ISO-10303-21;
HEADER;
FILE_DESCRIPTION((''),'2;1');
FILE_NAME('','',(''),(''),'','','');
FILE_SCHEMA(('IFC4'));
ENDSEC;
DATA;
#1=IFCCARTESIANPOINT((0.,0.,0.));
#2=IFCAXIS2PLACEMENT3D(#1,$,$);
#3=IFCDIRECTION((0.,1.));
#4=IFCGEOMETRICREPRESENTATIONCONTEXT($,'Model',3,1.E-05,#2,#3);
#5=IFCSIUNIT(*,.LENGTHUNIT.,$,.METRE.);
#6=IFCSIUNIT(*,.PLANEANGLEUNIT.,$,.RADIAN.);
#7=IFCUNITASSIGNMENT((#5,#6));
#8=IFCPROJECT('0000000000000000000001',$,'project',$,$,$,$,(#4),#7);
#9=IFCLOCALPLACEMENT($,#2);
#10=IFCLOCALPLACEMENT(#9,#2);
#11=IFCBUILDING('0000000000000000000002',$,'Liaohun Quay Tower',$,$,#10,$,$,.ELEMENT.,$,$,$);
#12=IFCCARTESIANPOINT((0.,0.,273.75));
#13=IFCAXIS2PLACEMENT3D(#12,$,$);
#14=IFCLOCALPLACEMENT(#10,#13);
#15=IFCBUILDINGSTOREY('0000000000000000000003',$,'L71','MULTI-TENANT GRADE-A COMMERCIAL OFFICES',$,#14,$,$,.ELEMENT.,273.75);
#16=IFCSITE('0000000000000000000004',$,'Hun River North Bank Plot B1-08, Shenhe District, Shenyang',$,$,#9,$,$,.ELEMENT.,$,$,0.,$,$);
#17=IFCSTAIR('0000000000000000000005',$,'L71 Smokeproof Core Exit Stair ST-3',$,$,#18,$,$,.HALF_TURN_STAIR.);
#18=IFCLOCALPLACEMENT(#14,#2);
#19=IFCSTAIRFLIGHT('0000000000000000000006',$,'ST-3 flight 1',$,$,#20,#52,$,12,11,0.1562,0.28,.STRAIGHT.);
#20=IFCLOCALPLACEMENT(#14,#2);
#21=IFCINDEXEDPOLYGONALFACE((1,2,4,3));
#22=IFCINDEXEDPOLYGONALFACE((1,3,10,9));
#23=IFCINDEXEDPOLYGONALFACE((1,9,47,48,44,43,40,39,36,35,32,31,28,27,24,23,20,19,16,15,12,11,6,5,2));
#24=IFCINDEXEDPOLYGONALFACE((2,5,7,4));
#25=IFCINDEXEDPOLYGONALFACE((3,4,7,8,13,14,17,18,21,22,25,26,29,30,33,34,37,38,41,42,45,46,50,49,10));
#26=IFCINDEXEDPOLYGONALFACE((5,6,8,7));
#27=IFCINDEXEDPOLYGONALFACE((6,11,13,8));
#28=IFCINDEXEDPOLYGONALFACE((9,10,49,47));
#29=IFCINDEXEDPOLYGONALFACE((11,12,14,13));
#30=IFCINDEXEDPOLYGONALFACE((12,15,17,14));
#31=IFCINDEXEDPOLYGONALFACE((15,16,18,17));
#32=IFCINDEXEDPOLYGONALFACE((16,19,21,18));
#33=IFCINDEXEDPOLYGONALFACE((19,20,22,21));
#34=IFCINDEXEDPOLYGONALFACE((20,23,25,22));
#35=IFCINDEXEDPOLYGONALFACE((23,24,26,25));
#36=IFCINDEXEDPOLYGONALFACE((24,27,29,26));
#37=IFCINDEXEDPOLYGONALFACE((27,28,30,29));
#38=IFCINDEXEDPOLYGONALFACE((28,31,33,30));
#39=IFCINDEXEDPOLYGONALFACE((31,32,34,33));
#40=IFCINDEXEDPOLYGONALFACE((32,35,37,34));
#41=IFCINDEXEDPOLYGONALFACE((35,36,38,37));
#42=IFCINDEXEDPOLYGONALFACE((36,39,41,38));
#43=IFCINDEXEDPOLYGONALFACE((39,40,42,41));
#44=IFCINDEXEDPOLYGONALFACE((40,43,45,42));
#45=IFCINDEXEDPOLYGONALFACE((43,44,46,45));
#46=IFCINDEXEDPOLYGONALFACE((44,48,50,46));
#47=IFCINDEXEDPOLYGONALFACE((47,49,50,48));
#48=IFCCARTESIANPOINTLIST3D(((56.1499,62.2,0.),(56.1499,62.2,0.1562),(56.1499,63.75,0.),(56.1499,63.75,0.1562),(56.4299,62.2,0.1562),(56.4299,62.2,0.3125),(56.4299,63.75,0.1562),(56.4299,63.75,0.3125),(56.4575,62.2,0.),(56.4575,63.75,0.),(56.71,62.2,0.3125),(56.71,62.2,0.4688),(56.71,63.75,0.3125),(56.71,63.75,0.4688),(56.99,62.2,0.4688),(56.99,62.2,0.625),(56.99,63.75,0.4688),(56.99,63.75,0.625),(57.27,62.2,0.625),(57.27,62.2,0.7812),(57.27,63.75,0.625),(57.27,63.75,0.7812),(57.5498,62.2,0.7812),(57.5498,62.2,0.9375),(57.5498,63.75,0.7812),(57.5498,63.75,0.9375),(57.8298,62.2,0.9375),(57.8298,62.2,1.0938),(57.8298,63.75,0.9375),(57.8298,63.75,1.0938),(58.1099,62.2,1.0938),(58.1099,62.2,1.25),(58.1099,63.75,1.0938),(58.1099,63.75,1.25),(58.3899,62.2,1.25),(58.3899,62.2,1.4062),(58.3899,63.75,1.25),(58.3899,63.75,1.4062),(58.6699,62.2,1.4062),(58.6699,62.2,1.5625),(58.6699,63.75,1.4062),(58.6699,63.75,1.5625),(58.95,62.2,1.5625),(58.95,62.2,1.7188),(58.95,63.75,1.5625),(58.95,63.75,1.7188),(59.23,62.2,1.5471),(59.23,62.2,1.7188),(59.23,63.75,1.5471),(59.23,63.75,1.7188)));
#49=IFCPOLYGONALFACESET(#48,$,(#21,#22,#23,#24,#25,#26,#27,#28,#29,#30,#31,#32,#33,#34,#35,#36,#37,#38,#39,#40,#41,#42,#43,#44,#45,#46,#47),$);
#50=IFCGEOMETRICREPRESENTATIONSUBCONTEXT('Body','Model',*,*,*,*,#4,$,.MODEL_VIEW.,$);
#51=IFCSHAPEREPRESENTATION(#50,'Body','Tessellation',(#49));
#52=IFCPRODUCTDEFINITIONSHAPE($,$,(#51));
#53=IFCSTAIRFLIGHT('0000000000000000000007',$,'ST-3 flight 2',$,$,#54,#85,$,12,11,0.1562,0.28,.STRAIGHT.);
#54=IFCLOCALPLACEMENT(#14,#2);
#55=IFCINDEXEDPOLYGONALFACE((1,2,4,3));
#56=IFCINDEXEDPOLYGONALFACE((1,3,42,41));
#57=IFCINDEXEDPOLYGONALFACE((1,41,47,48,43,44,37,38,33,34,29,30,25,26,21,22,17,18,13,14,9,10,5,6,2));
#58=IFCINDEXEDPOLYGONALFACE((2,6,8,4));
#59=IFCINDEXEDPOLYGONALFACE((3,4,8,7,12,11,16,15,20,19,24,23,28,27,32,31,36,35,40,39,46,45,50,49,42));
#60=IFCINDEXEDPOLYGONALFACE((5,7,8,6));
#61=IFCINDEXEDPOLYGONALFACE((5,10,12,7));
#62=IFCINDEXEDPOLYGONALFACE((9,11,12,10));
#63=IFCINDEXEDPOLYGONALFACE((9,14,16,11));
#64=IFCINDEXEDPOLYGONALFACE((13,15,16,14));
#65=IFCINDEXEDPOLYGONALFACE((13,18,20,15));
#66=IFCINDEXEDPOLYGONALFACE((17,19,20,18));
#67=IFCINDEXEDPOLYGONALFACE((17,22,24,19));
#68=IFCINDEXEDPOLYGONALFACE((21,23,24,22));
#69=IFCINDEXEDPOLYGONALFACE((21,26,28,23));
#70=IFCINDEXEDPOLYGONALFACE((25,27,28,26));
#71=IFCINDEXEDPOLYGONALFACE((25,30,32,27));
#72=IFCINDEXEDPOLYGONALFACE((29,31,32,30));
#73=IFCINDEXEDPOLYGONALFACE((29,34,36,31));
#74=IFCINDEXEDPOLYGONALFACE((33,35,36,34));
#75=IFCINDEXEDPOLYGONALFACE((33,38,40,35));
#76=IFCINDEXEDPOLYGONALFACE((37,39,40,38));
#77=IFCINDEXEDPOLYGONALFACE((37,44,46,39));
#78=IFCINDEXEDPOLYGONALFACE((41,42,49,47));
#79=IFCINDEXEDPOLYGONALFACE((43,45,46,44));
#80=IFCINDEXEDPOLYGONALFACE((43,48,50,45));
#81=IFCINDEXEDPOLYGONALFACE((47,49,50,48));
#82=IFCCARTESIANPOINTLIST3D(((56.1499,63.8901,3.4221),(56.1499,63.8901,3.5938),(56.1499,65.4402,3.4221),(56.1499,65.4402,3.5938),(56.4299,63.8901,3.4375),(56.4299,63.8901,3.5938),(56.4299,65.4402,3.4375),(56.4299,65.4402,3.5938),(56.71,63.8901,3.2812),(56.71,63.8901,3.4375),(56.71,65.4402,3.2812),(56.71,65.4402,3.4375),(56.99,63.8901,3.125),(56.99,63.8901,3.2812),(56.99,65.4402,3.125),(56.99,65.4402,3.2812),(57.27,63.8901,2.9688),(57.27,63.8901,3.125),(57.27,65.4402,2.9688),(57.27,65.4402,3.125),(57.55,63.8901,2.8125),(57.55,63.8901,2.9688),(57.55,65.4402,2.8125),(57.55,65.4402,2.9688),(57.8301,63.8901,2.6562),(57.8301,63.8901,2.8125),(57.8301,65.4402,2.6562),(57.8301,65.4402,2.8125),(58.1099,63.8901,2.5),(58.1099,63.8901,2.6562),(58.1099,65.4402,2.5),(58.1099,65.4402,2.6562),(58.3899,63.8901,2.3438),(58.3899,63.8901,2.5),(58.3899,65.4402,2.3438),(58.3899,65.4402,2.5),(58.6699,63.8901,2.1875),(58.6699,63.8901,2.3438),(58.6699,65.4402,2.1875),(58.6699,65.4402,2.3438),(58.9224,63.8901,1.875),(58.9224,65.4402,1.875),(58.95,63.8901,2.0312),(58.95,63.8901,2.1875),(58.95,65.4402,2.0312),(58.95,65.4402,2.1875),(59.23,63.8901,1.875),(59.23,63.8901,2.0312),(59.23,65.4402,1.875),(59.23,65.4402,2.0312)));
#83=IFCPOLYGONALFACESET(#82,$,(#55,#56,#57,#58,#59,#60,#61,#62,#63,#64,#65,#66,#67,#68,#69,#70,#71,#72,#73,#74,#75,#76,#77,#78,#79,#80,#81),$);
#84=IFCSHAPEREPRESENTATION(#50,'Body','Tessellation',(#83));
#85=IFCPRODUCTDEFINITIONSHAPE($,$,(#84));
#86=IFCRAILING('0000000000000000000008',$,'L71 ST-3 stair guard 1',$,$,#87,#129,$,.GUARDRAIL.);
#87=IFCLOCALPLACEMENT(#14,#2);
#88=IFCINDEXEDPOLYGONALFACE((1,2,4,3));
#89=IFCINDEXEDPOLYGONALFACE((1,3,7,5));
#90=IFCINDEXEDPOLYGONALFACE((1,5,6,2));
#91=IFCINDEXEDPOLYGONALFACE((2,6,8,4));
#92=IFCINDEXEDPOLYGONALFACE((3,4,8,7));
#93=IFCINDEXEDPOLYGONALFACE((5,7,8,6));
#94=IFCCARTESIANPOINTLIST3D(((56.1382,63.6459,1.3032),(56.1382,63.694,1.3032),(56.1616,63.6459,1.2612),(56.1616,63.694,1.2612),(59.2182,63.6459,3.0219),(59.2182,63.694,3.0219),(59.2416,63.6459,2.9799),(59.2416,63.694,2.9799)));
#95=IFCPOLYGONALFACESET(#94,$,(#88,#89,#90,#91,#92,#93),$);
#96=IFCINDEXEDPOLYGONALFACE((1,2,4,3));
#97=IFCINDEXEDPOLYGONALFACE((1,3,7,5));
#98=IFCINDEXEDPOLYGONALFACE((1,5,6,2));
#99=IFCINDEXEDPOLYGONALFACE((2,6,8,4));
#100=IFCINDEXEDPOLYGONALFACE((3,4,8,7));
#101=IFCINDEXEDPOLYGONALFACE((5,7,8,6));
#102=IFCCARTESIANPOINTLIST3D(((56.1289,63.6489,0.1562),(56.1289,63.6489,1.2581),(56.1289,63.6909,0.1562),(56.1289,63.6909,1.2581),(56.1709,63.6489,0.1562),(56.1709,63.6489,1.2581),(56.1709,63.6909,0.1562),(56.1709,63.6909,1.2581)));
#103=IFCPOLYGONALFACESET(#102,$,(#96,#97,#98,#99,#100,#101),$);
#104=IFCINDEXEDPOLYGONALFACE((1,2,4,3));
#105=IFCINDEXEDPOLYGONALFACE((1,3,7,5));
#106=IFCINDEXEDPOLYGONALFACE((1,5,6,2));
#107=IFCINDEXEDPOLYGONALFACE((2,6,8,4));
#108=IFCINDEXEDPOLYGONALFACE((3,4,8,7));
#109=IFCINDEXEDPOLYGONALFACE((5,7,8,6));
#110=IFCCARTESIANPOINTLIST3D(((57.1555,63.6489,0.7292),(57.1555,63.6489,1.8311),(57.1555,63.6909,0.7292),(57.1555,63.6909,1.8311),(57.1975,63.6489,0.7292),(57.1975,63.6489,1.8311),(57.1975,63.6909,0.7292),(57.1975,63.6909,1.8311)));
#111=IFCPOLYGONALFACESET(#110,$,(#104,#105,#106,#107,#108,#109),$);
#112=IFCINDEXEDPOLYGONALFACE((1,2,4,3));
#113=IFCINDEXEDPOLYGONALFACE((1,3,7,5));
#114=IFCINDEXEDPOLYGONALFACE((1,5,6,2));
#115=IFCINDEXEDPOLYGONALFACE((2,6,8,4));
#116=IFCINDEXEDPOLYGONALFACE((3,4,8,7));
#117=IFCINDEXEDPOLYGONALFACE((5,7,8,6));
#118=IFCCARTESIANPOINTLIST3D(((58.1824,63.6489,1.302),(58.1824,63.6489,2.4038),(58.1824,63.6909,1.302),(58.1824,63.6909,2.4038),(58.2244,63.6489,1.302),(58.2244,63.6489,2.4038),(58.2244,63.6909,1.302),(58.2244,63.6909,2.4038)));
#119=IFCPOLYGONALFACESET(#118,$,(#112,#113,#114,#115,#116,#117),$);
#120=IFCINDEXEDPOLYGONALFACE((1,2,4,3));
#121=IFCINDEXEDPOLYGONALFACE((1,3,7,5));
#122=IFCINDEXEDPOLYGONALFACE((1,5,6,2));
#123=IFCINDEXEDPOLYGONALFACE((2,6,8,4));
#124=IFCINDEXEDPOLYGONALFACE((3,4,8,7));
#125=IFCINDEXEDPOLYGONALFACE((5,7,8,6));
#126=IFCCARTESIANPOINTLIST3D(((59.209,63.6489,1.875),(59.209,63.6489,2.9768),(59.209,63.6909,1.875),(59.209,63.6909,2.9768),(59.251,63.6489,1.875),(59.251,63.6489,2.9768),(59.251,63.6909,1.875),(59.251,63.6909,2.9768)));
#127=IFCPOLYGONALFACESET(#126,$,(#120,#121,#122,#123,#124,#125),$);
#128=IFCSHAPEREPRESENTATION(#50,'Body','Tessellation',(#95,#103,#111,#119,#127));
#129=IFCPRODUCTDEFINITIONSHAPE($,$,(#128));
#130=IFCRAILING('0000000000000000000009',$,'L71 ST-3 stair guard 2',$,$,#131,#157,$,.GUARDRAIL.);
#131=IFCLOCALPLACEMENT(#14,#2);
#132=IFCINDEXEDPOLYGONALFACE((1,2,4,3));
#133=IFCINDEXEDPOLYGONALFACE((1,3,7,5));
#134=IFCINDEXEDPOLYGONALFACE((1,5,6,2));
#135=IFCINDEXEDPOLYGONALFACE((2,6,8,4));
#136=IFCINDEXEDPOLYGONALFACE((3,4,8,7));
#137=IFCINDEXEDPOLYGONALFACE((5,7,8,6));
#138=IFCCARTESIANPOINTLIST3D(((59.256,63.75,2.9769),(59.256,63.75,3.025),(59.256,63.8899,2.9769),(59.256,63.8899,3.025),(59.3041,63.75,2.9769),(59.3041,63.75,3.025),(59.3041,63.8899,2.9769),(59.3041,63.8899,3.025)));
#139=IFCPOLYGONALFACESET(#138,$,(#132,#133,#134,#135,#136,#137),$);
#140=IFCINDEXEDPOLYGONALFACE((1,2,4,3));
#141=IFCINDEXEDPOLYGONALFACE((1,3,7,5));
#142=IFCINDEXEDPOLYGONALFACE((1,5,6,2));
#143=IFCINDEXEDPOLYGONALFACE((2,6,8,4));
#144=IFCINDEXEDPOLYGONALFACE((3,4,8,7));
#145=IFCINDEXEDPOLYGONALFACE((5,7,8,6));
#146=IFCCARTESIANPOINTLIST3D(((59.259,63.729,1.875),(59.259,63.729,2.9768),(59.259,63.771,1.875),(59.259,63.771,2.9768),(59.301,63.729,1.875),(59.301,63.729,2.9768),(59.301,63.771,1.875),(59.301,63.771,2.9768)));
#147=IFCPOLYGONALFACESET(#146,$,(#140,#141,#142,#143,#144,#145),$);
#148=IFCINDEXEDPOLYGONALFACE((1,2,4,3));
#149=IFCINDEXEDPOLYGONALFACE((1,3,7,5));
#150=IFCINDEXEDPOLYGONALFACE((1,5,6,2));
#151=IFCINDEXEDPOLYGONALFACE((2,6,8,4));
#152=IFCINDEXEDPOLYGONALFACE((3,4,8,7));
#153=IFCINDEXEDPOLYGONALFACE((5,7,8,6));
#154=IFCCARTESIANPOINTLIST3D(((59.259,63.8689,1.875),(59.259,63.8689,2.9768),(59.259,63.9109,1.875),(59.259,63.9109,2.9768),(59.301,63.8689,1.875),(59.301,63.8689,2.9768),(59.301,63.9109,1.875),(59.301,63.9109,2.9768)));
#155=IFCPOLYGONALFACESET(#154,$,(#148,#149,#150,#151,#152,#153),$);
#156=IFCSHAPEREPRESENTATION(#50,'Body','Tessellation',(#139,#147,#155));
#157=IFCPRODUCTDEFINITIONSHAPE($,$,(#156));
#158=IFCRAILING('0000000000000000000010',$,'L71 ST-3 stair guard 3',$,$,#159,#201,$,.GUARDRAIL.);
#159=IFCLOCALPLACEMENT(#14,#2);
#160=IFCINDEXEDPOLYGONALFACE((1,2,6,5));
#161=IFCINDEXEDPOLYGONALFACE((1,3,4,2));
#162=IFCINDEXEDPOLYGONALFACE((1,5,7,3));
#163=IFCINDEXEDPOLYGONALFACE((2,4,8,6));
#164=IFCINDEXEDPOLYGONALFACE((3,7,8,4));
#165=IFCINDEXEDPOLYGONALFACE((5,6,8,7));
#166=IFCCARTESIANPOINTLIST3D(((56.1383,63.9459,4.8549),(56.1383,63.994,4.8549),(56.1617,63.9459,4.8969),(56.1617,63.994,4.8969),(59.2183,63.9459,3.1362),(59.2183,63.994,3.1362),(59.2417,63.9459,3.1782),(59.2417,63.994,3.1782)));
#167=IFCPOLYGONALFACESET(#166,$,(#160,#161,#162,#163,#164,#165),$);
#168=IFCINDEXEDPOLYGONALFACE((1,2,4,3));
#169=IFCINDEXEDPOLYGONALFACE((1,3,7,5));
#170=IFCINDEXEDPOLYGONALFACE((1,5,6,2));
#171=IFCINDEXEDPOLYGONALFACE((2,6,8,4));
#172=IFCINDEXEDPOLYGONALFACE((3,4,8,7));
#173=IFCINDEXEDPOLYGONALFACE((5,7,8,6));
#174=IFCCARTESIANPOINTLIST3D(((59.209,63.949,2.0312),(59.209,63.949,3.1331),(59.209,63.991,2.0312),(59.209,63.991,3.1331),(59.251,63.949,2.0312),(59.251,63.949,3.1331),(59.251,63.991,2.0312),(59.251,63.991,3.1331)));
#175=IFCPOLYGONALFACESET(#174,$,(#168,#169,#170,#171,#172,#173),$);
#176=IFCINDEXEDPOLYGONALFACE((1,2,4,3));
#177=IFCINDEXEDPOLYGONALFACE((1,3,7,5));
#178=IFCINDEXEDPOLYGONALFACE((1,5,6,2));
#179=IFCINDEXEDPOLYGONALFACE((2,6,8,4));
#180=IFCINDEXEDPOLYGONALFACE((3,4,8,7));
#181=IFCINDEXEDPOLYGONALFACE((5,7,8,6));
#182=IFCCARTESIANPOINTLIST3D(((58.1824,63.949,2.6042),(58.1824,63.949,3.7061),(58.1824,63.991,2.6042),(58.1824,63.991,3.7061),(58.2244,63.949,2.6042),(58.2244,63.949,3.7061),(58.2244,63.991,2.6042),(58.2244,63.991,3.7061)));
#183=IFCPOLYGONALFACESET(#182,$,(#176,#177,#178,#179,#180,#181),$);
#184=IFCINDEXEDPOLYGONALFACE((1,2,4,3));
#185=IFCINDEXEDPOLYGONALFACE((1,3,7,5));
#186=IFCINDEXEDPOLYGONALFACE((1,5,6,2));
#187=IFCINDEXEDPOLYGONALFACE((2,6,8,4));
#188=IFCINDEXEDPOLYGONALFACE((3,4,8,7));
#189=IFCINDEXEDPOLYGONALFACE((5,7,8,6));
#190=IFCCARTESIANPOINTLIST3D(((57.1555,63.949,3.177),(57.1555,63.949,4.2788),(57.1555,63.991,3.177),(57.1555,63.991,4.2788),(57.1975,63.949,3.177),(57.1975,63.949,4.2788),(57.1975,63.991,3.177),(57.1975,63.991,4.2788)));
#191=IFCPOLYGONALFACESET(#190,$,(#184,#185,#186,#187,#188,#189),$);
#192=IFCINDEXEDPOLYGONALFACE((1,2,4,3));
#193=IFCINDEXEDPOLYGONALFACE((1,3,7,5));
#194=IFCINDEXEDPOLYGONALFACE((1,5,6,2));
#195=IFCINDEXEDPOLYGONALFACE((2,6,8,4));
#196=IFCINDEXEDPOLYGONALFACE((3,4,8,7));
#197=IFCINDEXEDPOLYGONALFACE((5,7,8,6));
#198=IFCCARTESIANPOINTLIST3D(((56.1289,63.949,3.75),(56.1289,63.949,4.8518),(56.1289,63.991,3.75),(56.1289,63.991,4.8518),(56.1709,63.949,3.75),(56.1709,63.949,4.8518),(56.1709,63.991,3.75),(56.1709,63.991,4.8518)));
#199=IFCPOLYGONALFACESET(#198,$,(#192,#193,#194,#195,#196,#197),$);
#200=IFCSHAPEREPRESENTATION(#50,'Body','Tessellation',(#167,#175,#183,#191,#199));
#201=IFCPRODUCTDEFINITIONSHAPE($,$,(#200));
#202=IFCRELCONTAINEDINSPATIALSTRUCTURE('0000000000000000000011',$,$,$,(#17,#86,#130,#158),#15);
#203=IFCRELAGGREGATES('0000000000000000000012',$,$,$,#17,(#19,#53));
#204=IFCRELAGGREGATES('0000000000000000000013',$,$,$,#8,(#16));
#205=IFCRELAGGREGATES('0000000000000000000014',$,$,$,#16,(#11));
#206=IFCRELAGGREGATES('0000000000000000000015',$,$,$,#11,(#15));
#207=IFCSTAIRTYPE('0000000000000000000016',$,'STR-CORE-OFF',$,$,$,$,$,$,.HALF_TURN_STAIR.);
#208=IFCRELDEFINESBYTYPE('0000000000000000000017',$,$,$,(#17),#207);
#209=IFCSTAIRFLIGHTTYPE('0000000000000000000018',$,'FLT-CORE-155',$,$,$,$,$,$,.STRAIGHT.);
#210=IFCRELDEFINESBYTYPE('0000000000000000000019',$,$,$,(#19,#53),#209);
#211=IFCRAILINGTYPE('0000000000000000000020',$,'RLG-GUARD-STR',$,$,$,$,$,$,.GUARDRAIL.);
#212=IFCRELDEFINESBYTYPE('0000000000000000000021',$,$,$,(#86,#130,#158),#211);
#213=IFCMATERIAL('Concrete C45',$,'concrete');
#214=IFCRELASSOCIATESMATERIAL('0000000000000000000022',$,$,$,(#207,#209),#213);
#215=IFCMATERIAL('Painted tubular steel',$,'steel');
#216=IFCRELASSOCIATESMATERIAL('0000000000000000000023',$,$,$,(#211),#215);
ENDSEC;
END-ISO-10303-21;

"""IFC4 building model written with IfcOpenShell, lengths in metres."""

from ifc_helpers import new_model, si_unit, direction, frame, origin, origin_2d, place, context, subcontext, project, spatial, polyline, rectangle, outline, extrude, material, type_object, element, aggregate, save


model = new_model("IFC4")

# Units and contexts
model_context = context("Model", 3, precision=1e-05, world=origin(), true_north=direction((0.0, 1.0)))
body_context = subcontext(model_context, "Body", "Model", "MODEL_VIEW")
ifc_project = project(units=[si_unit("LENGTHUNIT", "METRE"), si_unit("PLANEANGLEUNIT", "RADIAN")], contexts=[model_context])

# Site, building, storey
site_placement = place(None, origin())
site = spatial("IfcSite", under=ifc_project, at=site_placement, Name="Hun River North Bank Plot B1-08, Shenhe District, Shenyang", CompositionType="ELEMENT", RefElevation=0.0)
building_placement = place(site_placement, origin())
building = spatial("IfcBuilding", under=site, at=building_placement, Name="Liaohun Quay Tower", CompositionType="ELEMENT")
storey_placement = place(building_placement, frame((0.0, 0.0, 273.75)))
storey = spatial("IfcBuildingStorey", under=building, at=storey_placement, Name="L71", Description="MULTI-TENANT GRADE-A COMMERCIAL OFFICES", CompositionType="ELEMENT", Elevation=273.75)

# Stair, stair flights
ifc_material_1 = material(Name="Concrete C45", Category="concrete")
stair_type = type_object("IfcStairType", Name="STR-CORE-OFF", PredefinedType="HALF_TURN_STAIR", material=ifc_material_1)
stair_placement = place(storey_placement, origin())
stair = element("IfcStair", 1, at=stair_placement, inside=storey, type_object=stair_type, Name="L71 Smokeproof Core Exit Stair ST-3", PredefinedType="HALF_TURN_STAIR")
stair_flight_type = type_object("IfcStairFlightType", Name="FLT-CORE-155", PredefinedType="STRAIGHT", material=ifc_material_1)
stair_flight_1_placement = place(storey_placement, frame((56.1499, 62.9751, 0.0), z_axis=(0.0, 0.0, 1.0), x_axis=(1.0, 0.0, 0.0)))
stair_flight_1 = element("IfcStairFlight", 2, at=stair_flight_1_placement, type_object=stair_flight_type, Name="ST-3 flight 1", NumberOfRisers=12, NumberOfTreads=11, PredefinedType="STRAIGHT", RiserHeight=0.1562, TreadLength=0.28, context=body_context, shape_type="SweptSolid", body=[
    extrude(outline(polyline([(0.0, 0.0), (0.0, 0.1562), (0.28, 0.1562), (0.28, 0.3125), (0.5601, 0.3125), (0.5601, 0.4688), (0.8401, 0.4688), (0.8401, 0.625), (1.1201, 0.625), (1.1201, 0.7812), (1.3999, 0.7812), (1.3999, 0.9375), (1.6799, 0.9375), (1.6799, 1.0938), (1.96, 1.0938), (1.96, 1.25), (2.24, 1.25), (2.24, 1.4062), (2.52, 1.4062), (2.52, 1.5625), (2.8, 1.5625), (2.8, 1.7188), (3.0801, 1.7188), (3.0801, 1.875), (3.0801, 1.5471), (0.3076, 0.0), (0.0, 0.0)])), frame((0.0, 0.7749, 0.0), z_axis=(0.0, -1.0, 0.0), x_axis=(1.0, 0.0, 0.0)), (0.0, 0.0, 1.0), 1.55),
])
stair_flight_2_placement = place(storey_placement, frame((59.23, 64.665, 1.875), z_axis=(0.0, 0.0, 1.0), x_axis=(-1.0, 0.0, 0.0)))
stair_flight_2 = element("IfcStairFlight", 3, at=stair_flight_2_placement, type_object=stair_flight_type, Name="ST-3 flight 2", NumberOfRisers=12, NumberOfTreads=11, PredefinedType="STRAIGHT", RiserHeight=0.1562, TreadLength=0.28, context=body_context, shape_type="SweptSolid", body=[
    extrude(outline(polyline([(0.0, 0.0), (0.0, 0.1562), (0.28, 0.1562), (0.28, 0.3125), (0.5601, 0.3125), (0.5601, 0.4688), (0.8401, 0.4688), (0.8401, 0.625), (1.1201, 0.625), (1.1201, 0.7812), (1.3999, 0.7812), (1.3999, 0.9375), (1.6799, 0.9375), (1.6799, 1.0938), (1.96, 1.0938), (1.96, 1.25), (2.24, 1.25), (2.24, 1.4062), (2.52, 1.4062), (2.52, 1.5625), (2.8, 1.5625), (2.8, 1.7188), (3.0801, 1.7188), (3.0801, 1.875), (3.0801, 1.5471), (0.3076, 0.0), (0.0, 0.0)])), frame((0.0, 0.7749, 0.0), z_axis=(0.0, -1.0, 0.0), x_axis=(1.0, 0.0, 0.0)), (0.0, 0.0, 1.0), 1.55),
])
aggregate(stair, [stair_flight_1, stair_flight_2])

# Railings
ifc_material_2 = material(Name="Painted tubular steel", Category="steel")
railing_type_1 = type_object("IfcRailingType", Name="RLG-GUARD-STR", PredefinedType="GUARDRAIL", material=ifc_material_2)
railing_1_placement = place(storey_placement, frame((56.1499, 63.6699, 0.1562)))
element("IfcRailing", 4, at=railing_1_placement, inside=storey, type_object=railing_type_1, Name="L71 ST-3 stair guard 1", PredefinedType="GUARDRAIL", context=body_context, shape_type="SweptSolid", body=[
    extrude(rectangle(XDim=0.0481, YDim=0.0481, at=origin_2d()), frame((0.0, 0.0, 1.126), z_axis=(0.873242, 0.0, 0.487288), x_axis=(0.0, 1.0, 0.0)), (0.0, 0.0, 1.0), 3.5271),
    extrude(rectangle(XDim=0.042, YDim=0.042, at=origin_2d()), origin(), (0.0, 0.0, 1.0), 1.1018),
    extrude(rectangle(XDim=0.042, YDim=0.042, at=origin_2d()), frame((1.0266, 0.0, 0.573)), (0.0, 0.0, 1.0), 1.1018),
    extrude(rectangle(XDim=0.042, YDim=0.042, at=origin_2d()), frame((2.0535, 0.0, 1.1458)), (0.0, 0.0, 1.0), 1.1018),
    extrude(rectangle(XDim=0.042, YDim=0.042, at=origin_2d()), frame((3.0801, 0.0, 1.7188)), (0.0, 0.0, 1.0), 1.1018),
])
railing_2_placement = place(storey_placement, frame((59.28, 63.75, 1.875)))
element("IfcRailing", 5, at=railing_2_placement, inside=storey, type_object=railing_type_1, Name="L71 ST-3 stair guard 2", PredefinedType="GUARDRAIL", context=body_context, shape_type="SweptSolid", body=[
    extrude(rectangle(XDim=0.0481, YDim=0.0481, at=origin_2d()), frame((0.0, 0.0, 1.126), z_axis=(0.0, 1.0, 0.0), x_axis=(-1.0, 0.0, 0.0)), (0.0, 0.0, 1.0), 0.1399),
    extrude(rectangle(XDim=0.042, YDim=0.042, at=origin_2d()), origin(), (0.0, 0.0, 1.0), 1.1018),
    extrude(rectangle(XDim=0.042, YDim=0.042, at=origin_2d()), frame((0.0, 0.1399, 0.0)), (0.0, 0.0, 1.0), 1.1018),
])
railing_3_placement = place(storey_placement, frame((59.23, 63.97, 2.0312)))
element("IfcRailing", 6, at=railing_3_placement, inside=storey, type_object=railing_type_1, Name="L71 ST-3 stair guard 3", PredefinedType="GUARDRAIL", context=body_context, shape_type="SweptSolid", body=[
    extrude(rectangle(XDim=0.0481, YDim=0.0481, at=origin_2d()), frame((0.0, 0.0, 1.126), z_axis=(-0.873242, 0.0, 0.487288), x_axis=(0.0, -1.0, 0.0)), (0.0, 0.0, 1.0), 3.5271),
    extrude(rectangle(XDim=0.042, YDim=0.042, at=origin_2d()), origin(), (0.0, 0.0, 1.0), 1.1018),
    extrude(rectangle(XDim=0.042, YDim=0.042, at=origin_2d()), frame((-1.0266, 0.0, 0.573)), (0.0, 0.0, 1.0), 1.1018),
    extrude(rectangle(XDim=0.042, YDim=0.042, at=origin_2d()), frame((-2.0535, 0.0, 1.1458)), (0.0, 0.0, 1.0), 1.1018),
    extrude(rectangle(XDim=0.042, YDim=0.042, at=origin_2d()), frame((-3.0801, 0.0, 1.7188)), (0.0, 0.0, 1.0), 1.1018),
])

save(model, "model.ifc")
